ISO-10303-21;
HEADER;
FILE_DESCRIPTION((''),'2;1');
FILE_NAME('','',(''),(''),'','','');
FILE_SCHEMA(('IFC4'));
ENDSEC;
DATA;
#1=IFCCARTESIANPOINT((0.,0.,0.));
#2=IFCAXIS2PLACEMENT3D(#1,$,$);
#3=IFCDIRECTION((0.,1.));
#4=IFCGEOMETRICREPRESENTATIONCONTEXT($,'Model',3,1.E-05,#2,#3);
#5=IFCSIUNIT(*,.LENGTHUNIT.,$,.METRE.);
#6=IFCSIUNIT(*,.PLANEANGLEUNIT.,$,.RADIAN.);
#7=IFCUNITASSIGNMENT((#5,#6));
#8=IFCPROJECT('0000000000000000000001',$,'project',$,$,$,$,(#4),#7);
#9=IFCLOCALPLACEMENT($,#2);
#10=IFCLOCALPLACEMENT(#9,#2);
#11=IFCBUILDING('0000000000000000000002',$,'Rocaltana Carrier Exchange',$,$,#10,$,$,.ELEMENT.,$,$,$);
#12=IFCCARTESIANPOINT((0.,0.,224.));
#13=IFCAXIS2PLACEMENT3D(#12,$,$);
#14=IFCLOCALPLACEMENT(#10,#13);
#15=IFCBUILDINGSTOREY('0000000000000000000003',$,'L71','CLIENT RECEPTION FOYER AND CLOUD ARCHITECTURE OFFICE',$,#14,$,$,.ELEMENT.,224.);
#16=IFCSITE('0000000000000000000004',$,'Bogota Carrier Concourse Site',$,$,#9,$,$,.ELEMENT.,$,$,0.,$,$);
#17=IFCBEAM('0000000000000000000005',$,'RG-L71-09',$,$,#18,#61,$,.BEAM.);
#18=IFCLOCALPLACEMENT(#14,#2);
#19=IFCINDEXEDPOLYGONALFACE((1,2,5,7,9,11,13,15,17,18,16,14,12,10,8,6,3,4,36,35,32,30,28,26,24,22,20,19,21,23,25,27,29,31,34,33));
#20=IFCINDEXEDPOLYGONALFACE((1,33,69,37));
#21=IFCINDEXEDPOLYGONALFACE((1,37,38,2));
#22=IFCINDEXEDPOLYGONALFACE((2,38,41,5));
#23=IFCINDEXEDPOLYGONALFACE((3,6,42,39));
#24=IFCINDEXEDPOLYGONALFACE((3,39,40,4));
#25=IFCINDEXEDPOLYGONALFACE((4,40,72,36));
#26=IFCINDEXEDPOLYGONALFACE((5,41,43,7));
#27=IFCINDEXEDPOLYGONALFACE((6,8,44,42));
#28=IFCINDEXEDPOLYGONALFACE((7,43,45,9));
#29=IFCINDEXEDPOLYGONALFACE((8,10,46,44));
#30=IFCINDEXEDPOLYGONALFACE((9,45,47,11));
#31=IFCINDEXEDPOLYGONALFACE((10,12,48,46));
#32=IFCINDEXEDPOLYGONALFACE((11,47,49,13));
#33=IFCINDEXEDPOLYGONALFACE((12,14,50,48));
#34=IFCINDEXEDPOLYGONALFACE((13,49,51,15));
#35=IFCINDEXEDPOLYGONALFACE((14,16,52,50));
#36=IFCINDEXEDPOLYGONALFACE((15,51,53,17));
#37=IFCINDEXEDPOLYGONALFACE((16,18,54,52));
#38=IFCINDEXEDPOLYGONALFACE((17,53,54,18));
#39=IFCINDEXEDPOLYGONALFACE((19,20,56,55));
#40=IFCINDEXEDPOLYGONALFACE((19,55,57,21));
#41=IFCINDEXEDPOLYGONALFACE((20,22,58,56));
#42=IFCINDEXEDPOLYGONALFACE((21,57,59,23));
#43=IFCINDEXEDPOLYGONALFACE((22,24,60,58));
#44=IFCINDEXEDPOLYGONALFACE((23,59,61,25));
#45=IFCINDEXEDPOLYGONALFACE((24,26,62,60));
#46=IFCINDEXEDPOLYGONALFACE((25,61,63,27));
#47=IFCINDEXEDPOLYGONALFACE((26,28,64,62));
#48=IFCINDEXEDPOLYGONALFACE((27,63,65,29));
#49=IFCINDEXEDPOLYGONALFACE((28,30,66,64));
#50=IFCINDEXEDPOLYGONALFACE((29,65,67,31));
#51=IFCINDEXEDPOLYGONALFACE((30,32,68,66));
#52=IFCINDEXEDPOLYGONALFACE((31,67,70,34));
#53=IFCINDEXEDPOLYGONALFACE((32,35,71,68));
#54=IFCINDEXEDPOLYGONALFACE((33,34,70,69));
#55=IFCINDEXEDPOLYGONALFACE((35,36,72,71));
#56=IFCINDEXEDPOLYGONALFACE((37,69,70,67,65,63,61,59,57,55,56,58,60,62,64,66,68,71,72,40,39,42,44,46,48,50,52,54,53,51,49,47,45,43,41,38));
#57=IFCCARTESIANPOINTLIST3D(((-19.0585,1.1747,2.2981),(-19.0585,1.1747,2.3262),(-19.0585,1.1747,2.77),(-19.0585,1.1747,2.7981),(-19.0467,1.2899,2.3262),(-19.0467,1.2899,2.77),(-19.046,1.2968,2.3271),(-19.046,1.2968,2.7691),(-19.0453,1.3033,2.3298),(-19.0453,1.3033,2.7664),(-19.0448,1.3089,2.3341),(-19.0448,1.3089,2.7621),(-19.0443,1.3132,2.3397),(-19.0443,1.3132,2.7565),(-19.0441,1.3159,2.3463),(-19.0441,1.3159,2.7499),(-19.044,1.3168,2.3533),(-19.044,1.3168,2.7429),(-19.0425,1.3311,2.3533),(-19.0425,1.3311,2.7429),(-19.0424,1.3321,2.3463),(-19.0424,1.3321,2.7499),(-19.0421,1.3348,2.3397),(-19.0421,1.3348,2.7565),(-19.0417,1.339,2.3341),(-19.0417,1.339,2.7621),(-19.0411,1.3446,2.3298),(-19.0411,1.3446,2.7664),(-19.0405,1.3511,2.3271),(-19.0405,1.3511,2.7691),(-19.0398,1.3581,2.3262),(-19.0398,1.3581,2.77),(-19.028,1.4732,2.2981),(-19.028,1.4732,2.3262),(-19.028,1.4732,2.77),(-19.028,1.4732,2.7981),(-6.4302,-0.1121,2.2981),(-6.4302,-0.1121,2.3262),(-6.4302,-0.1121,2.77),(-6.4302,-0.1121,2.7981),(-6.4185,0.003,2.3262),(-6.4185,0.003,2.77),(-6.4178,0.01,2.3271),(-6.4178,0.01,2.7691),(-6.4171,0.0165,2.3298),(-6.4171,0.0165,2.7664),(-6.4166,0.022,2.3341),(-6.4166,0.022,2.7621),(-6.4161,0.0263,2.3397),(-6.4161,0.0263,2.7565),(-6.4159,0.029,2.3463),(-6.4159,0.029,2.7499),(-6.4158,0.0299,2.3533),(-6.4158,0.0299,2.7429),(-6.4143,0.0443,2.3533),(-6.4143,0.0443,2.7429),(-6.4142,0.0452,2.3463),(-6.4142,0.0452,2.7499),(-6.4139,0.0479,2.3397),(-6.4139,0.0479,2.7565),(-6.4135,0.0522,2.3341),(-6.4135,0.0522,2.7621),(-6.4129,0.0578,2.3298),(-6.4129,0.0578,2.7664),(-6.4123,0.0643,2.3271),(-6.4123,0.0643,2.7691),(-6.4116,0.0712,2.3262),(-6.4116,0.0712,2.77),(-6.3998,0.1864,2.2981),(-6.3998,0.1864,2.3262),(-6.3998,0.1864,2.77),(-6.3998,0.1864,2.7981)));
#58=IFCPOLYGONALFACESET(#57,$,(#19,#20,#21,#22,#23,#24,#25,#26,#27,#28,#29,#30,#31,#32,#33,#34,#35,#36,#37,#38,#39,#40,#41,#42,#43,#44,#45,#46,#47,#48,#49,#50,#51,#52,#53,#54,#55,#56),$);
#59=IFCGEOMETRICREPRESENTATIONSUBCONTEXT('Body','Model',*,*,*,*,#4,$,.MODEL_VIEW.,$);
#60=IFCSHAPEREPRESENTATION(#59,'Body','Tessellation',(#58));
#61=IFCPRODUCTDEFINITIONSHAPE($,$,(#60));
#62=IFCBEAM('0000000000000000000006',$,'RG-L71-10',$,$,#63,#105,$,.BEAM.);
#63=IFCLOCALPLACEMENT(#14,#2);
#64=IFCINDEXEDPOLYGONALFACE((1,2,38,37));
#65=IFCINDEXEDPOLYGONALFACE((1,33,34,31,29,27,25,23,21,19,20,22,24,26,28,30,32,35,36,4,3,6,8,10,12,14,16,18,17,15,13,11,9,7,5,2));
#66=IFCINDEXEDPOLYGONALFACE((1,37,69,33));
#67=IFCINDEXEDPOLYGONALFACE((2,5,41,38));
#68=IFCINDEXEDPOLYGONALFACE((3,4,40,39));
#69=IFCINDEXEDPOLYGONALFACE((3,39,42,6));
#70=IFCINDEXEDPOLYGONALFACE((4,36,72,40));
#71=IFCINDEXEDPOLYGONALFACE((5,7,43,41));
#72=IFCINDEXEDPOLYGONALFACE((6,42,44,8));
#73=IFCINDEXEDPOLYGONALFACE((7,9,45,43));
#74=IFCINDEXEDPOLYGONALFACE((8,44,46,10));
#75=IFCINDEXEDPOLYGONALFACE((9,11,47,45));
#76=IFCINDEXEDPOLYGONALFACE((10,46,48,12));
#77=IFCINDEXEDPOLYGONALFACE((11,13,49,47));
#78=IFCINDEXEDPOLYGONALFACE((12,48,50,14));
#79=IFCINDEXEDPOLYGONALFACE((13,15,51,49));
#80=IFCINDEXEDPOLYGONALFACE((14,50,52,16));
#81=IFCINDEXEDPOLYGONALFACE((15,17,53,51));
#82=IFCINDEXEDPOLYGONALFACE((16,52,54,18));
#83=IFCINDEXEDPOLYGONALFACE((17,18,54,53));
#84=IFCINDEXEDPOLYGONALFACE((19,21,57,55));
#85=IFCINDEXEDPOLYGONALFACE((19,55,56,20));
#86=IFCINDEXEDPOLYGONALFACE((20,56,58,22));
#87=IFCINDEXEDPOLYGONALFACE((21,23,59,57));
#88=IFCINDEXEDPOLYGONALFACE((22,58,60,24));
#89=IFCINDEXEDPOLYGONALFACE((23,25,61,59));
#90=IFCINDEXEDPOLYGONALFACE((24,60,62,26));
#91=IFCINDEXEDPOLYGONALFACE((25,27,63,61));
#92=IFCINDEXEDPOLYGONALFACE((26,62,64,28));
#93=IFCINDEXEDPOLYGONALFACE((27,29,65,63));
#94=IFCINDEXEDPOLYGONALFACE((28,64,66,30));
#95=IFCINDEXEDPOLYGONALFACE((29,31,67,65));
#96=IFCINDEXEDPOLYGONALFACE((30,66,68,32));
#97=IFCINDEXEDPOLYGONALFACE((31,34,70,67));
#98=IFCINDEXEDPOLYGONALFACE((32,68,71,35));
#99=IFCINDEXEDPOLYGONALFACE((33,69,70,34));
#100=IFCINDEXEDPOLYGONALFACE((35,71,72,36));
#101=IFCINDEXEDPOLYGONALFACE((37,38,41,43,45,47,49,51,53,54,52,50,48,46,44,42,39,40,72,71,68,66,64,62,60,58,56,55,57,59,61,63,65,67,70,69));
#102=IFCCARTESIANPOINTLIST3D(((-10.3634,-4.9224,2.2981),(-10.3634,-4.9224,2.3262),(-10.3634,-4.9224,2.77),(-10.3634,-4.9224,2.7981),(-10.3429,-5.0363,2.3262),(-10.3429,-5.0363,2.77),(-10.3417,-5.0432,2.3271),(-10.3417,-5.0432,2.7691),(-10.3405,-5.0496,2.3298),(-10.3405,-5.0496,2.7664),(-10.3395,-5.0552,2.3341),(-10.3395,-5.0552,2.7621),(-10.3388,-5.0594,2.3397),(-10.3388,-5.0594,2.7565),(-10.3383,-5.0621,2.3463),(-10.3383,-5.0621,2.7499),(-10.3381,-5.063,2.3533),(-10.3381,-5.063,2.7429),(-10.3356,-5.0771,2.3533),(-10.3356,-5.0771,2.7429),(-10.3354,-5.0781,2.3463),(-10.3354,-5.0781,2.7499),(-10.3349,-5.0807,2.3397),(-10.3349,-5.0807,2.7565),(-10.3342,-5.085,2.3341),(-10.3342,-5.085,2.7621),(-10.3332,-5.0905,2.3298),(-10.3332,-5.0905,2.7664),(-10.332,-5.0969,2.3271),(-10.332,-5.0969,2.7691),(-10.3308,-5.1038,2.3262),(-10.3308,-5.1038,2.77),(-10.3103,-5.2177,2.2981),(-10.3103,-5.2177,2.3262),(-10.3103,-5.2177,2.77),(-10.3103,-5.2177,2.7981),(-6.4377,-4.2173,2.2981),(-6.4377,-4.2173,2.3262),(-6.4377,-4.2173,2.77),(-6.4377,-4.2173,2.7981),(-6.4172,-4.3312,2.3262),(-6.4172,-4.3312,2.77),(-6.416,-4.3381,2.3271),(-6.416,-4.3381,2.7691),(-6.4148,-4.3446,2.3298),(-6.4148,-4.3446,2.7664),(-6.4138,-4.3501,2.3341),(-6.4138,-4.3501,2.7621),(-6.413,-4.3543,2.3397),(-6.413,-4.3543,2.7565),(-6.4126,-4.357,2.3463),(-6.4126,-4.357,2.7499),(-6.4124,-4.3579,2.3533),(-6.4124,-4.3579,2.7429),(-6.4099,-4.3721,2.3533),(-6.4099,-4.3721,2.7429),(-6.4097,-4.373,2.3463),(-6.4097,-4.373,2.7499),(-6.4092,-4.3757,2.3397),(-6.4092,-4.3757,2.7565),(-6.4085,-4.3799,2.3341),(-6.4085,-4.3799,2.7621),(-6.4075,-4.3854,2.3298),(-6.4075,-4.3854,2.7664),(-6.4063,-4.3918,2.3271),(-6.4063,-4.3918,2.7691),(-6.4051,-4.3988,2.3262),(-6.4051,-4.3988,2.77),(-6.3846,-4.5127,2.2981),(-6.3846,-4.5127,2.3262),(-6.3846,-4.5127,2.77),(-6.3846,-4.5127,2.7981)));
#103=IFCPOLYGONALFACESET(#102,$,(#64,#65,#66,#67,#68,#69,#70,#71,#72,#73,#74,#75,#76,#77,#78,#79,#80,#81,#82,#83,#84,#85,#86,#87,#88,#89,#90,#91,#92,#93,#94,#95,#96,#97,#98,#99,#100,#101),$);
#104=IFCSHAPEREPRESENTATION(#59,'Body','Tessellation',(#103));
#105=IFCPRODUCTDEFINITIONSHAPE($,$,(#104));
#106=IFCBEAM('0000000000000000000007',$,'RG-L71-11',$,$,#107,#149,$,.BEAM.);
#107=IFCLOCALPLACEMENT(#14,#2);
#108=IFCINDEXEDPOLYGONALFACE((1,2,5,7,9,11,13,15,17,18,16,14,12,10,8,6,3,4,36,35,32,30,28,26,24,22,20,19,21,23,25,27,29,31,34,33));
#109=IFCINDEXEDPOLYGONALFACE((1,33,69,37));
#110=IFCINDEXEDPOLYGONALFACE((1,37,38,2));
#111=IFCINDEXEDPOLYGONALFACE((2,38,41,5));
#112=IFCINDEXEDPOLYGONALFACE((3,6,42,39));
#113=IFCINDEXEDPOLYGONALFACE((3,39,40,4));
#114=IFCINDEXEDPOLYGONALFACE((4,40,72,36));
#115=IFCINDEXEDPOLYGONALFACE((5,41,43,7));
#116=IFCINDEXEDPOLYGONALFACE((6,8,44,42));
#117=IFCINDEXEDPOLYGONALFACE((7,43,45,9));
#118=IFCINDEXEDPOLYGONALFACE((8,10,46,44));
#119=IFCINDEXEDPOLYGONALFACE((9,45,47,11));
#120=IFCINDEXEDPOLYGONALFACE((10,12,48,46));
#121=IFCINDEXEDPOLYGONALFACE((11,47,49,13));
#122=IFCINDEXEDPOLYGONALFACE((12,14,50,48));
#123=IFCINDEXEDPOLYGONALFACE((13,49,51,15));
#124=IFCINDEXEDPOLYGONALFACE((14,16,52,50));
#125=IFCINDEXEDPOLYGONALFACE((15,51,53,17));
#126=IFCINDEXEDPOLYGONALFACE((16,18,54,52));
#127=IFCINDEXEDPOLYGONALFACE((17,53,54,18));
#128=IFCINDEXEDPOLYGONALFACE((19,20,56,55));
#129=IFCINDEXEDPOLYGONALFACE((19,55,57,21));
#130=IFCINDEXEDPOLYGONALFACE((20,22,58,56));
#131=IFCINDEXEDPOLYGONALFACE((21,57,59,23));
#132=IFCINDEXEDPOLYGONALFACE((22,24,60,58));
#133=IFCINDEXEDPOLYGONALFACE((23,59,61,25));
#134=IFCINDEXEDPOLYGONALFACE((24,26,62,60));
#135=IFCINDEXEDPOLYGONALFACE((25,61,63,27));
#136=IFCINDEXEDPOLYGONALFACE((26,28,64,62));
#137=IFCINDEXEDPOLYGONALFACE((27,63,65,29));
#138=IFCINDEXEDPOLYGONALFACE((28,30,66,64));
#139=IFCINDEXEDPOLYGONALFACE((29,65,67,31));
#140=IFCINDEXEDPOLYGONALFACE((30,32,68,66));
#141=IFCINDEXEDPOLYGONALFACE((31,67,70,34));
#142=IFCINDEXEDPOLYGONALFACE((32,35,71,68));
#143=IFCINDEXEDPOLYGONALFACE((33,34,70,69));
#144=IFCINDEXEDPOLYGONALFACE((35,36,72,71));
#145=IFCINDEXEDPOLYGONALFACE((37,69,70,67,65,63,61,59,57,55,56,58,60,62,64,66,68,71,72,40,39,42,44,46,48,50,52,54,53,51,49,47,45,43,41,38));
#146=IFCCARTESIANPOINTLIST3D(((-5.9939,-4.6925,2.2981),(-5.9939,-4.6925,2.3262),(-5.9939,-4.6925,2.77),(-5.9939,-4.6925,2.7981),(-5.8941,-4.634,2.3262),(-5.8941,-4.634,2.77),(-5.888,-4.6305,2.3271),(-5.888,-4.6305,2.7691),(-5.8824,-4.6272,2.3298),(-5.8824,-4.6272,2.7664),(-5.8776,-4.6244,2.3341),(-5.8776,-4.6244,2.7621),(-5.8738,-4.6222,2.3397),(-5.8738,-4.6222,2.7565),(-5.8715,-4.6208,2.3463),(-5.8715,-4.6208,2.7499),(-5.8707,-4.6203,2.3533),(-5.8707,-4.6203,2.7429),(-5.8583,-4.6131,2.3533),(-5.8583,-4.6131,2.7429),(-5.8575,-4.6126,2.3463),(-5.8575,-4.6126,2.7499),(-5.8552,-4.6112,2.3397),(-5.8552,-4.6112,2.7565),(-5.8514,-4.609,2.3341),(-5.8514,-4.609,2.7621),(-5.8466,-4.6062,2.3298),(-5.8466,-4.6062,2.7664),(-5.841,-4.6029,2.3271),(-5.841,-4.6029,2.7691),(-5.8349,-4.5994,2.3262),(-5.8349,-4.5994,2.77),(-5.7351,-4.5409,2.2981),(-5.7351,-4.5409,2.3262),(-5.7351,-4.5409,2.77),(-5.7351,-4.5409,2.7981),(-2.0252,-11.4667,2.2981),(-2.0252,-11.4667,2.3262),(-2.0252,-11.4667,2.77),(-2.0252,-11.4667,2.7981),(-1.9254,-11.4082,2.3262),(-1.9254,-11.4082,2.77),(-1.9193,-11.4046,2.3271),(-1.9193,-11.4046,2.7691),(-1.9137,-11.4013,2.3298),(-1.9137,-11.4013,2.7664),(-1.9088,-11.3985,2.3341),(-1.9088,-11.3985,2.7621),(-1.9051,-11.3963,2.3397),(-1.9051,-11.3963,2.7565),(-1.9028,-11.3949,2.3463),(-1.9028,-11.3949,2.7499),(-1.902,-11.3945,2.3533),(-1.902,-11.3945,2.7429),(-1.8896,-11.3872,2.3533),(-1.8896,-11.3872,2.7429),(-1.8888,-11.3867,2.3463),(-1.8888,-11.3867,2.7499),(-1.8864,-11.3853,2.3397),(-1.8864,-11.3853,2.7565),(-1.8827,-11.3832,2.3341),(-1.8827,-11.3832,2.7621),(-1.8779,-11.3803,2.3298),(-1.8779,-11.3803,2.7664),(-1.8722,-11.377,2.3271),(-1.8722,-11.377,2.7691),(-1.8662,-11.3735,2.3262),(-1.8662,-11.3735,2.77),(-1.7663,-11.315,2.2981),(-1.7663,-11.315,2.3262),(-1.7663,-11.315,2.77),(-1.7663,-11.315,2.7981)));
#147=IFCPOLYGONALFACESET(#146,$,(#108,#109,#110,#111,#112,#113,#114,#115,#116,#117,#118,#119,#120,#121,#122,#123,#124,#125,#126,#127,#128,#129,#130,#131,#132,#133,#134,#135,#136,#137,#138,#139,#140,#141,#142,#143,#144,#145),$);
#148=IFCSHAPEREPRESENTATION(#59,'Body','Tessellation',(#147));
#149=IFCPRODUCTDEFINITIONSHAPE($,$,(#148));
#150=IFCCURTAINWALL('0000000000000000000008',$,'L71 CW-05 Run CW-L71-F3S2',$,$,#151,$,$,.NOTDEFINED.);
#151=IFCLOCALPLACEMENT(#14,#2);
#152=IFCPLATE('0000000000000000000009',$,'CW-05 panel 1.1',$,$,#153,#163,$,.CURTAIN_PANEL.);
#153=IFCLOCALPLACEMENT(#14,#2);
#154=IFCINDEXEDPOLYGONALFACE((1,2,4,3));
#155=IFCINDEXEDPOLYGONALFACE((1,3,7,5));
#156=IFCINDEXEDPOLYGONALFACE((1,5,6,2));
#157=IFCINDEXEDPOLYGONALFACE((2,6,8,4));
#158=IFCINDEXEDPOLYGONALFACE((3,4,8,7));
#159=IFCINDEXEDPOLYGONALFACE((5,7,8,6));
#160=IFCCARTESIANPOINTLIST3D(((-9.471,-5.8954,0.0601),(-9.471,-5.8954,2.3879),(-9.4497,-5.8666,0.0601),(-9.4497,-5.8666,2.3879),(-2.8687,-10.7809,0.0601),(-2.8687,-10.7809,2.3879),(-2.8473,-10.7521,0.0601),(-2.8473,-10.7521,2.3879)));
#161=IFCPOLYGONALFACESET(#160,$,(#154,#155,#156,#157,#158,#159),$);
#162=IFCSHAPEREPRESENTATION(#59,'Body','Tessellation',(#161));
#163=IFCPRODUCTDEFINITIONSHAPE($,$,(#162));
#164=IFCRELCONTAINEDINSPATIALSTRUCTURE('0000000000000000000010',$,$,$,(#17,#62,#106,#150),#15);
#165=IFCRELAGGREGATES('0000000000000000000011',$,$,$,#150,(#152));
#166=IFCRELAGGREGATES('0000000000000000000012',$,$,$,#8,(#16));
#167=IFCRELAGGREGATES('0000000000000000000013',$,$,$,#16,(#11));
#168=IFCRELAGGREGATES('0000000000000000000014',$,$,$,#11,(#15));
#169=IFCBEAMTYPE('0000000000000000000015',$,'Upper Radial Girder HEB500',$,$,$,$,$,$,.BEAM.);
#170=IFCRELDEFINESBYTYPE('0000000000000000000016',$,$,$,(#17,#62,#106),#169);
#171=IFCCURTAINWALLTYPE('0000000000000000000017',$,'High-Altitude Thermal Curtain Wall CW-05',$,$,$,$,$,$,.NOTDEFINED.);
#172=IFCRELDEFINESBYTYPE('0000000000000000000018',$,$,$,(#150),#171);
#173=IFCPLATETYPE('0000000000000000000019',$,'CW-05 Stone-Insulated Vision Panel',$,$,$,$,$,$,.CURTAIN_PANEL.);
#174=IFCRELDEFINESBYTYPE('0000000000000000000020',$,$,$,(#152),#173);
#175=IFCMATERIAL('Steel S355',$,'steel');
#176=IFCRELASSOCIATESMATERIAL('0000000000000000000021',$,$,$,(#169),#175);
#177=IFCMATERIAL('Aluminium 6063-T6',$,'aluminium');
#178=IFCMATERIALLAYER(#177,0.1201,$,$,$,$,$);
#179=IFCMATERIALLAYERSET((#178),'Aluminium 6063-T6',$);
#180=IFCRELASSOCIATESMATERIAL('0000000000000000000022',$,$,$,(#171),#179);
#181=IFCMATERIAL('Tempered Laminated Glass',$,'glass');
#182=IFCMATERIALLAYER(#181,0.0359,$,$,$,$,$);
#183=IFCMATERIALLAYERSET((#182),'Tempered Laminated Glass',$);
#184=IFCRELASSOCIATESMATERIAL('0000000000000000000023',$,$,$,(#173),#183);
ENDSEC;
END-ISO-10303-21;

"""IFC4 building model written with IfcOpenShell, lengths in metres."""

from ifc_helpers import new_model, si_unit, direction, frame, origin, origin_2d, place, context, subcontext, project, spatial, rectangle, i_section, extrude, material, layer, layer_set, material_profile, profile_set, type_object, element, aggregate, save


model = new_model("IFC4")

# Units and contexts
model_context = context("Model", 3, precision=1e-05, world=origin(), true_north=direction((0.0, 1.0)))
body_context = subcontext(model_context, "Body", "Model", "MODEL_VIEW")
ifc_project = project(units=[si_unit("LENGTHUNIT", "METRE"), si_unit("PLANEANGLEUNIT", "RADIAN")], contexts=[model_context])

# Site, building, storey
site_placement = place(None, origin())
site = spatial("IfcSite", under=ifc_project, at=site_placement, Name="Bogota Carrier Concourse Site", CompositionType="ELEMENT", RefElevation=0.0)
building_placement = place(site_placement, origin())
building = spatial("IfcBuilding", under=site, at=building_placement, Name="Rocaltana Carrier Exchange", CompositionType="ELEMENT")
storey_placement = place(building_placement, frame((0.0, 0.0, 224.0)))
storey = spatial("IfcBuildingStorey", under=building, at=storey_placement, Name="L71", Description="CLIENT RECEPTION FOYER AND CLOUD ARCHITECTURE OFFICE", CompositionType="ELEMENT", Elevation=224.0)

# Beams
ifc_material_1 = material(Name="Steel S355", Category="steel")
ifc_material_profile_1 = material_profile(ifc_material_1, i_section(OverallWidth=0.3, OverallDepth=0.5, WebThickness=0.0144, FlangeThickness=0.0281, FilletRadius=0.0271, at=origin_2d()), Name="HEB500")
ifc_profile_set_1 = profile_set([ifc_material_profile_1], Name="Steel S355")
beam_type_1 = type_object("IfcBeamType", Name="Upper Radial Girder HEB500", PredefinedType="BEAM", material=ifc_profile_set_1)
beam_1_placement = place(storey_placement, frame((-6.415, 0.0371, 2.5481), z_axis=(-0.994848, 0.101379, 0.0), x_axis=(-0.101379, -0.994848, 0.0)))
element("IfcBeam", 1, at=beam_1_placement, inside=storey, type_object=beam_type_1, Name="RG-L71-09", PredefinedType="BEAM", context=body_context, shape_type="SweptSolid", body=[
    extrude(i_section(OverallWidth=0.3, OverallDepth=0.5, WebThickness=0.0144, FlangeThickness=0.0281, FilletRadius=0.0271, at=origin_2d()), origin(), (0.0, 0.0, 1.0), 12.6936),
])
beam_2_placement = place(storey_placement, frame((-6.4111, -4.365, 2.5481), z_axis=(-0.984252, -0.176774, 0.0), x_axis=(0.176774, -0.984252, 0.0)))
element("IfcBeam", 2, at=beam_2_placement, inside=storey, type_object=beam_type_1, Name="RG-L71-10", PredefinedType="BEAM", context=body_context, shape_type="SweptSolid", body=[
    extrude(i_section(OverallWidth=0.3, OverallDepth=0.5, WebThickness=0.0144, FlangeThickness=0.0281, FilletRadius=0.0271, at=origin_2d()), origin(), (0.0, 0.0, 1.0), 3.9885),
])
beam_3_placement = place(storey_placement, frame((-5.8645, -4.6167, 2.5481), z_axis=(0.5055, -0.862827, 0.0), x_axis=(0.862827, 0.5055, 0.0)))
element("IfcBeam", 3, at=beam_3_placement, inside=storey, type_object=beam_type_1, Name="RG-L71-11", PredefinedType="BEAM", context=body_context, shape_type="SweptSolid", body=[
    extrude(i_section(OverallWidth=0.3, OverallDepth=0.5, WebThickness=0.0144, FlangeThickness=0.0281, FilletRadius=0.0271, at=origin_2d()), origin(), (0.0, 0.0, 1.0), 7.8511),
])

# Curtain wall, plate
ifc_material_2 = material(Name="Aluminium 6063-T6", Category="aluminium")
ifc_layer_1 = layer(ifc_material_2, 0.1201)
ifc_layer_set_1 = layer_set([ifc_layer_1], Name="Aluminium 6063-T6")
curtain_wall_type = type_object("IfcCurtainWallType", Name="High-Altitude Thermal Curtain Wall CW-05", PredefinedType="NOTDEFINED", material=ifc_layer_set_1)
curtain_wall_placement = place(storey_placement, origin())
curtain_wall = element("IfcCurtainWall", 4, at=curtain_wall_placement, inside=storey, type_object=curtain_wall_type, Name="L71 CW-05 Run CW-L71-F3S2", PredefinedType="NOTDEFINED")
ifc_material_3 = material(Name="Tempered Laminated Glass", Category="glass")
ifc_layer_2 = layer(ifc_material_3, 0.0359)
ifc_layer_set_2 = layer_set([ifc_layer_2], Name="Tempered Laminated Glass")
plate_type = type_object("IfcPlateType", Name="CW-05 Stone-Insulated Vision Panel", PredefinedType="CURTAIN_PANEL", material=ifc_layer_set_2)
plate_placement = place(storey_placement, frame((-6.1592, -8.3237, 0.0601), z_axis=(0.0, 0.0, 1.0), x_axis=(0.803858, -0.594821, 0.0)))
plate = element("IfcPlate", 5, at=plate_placement, type_object=plate_type, Name="CW-05 panel 1.1", PredefinedType="CURTAIN_PANEL", context=body_context, shape_type="SweptSolid", body=[
    extrude(rectangle(XDim=8.2134, YDim=0.0359, at=origin_2d()), origin(), (0.0, 0.0, 1.0), 2.3279),
])
aggregate(curtain_wall, [plate])

save(model, "model.ifc")
